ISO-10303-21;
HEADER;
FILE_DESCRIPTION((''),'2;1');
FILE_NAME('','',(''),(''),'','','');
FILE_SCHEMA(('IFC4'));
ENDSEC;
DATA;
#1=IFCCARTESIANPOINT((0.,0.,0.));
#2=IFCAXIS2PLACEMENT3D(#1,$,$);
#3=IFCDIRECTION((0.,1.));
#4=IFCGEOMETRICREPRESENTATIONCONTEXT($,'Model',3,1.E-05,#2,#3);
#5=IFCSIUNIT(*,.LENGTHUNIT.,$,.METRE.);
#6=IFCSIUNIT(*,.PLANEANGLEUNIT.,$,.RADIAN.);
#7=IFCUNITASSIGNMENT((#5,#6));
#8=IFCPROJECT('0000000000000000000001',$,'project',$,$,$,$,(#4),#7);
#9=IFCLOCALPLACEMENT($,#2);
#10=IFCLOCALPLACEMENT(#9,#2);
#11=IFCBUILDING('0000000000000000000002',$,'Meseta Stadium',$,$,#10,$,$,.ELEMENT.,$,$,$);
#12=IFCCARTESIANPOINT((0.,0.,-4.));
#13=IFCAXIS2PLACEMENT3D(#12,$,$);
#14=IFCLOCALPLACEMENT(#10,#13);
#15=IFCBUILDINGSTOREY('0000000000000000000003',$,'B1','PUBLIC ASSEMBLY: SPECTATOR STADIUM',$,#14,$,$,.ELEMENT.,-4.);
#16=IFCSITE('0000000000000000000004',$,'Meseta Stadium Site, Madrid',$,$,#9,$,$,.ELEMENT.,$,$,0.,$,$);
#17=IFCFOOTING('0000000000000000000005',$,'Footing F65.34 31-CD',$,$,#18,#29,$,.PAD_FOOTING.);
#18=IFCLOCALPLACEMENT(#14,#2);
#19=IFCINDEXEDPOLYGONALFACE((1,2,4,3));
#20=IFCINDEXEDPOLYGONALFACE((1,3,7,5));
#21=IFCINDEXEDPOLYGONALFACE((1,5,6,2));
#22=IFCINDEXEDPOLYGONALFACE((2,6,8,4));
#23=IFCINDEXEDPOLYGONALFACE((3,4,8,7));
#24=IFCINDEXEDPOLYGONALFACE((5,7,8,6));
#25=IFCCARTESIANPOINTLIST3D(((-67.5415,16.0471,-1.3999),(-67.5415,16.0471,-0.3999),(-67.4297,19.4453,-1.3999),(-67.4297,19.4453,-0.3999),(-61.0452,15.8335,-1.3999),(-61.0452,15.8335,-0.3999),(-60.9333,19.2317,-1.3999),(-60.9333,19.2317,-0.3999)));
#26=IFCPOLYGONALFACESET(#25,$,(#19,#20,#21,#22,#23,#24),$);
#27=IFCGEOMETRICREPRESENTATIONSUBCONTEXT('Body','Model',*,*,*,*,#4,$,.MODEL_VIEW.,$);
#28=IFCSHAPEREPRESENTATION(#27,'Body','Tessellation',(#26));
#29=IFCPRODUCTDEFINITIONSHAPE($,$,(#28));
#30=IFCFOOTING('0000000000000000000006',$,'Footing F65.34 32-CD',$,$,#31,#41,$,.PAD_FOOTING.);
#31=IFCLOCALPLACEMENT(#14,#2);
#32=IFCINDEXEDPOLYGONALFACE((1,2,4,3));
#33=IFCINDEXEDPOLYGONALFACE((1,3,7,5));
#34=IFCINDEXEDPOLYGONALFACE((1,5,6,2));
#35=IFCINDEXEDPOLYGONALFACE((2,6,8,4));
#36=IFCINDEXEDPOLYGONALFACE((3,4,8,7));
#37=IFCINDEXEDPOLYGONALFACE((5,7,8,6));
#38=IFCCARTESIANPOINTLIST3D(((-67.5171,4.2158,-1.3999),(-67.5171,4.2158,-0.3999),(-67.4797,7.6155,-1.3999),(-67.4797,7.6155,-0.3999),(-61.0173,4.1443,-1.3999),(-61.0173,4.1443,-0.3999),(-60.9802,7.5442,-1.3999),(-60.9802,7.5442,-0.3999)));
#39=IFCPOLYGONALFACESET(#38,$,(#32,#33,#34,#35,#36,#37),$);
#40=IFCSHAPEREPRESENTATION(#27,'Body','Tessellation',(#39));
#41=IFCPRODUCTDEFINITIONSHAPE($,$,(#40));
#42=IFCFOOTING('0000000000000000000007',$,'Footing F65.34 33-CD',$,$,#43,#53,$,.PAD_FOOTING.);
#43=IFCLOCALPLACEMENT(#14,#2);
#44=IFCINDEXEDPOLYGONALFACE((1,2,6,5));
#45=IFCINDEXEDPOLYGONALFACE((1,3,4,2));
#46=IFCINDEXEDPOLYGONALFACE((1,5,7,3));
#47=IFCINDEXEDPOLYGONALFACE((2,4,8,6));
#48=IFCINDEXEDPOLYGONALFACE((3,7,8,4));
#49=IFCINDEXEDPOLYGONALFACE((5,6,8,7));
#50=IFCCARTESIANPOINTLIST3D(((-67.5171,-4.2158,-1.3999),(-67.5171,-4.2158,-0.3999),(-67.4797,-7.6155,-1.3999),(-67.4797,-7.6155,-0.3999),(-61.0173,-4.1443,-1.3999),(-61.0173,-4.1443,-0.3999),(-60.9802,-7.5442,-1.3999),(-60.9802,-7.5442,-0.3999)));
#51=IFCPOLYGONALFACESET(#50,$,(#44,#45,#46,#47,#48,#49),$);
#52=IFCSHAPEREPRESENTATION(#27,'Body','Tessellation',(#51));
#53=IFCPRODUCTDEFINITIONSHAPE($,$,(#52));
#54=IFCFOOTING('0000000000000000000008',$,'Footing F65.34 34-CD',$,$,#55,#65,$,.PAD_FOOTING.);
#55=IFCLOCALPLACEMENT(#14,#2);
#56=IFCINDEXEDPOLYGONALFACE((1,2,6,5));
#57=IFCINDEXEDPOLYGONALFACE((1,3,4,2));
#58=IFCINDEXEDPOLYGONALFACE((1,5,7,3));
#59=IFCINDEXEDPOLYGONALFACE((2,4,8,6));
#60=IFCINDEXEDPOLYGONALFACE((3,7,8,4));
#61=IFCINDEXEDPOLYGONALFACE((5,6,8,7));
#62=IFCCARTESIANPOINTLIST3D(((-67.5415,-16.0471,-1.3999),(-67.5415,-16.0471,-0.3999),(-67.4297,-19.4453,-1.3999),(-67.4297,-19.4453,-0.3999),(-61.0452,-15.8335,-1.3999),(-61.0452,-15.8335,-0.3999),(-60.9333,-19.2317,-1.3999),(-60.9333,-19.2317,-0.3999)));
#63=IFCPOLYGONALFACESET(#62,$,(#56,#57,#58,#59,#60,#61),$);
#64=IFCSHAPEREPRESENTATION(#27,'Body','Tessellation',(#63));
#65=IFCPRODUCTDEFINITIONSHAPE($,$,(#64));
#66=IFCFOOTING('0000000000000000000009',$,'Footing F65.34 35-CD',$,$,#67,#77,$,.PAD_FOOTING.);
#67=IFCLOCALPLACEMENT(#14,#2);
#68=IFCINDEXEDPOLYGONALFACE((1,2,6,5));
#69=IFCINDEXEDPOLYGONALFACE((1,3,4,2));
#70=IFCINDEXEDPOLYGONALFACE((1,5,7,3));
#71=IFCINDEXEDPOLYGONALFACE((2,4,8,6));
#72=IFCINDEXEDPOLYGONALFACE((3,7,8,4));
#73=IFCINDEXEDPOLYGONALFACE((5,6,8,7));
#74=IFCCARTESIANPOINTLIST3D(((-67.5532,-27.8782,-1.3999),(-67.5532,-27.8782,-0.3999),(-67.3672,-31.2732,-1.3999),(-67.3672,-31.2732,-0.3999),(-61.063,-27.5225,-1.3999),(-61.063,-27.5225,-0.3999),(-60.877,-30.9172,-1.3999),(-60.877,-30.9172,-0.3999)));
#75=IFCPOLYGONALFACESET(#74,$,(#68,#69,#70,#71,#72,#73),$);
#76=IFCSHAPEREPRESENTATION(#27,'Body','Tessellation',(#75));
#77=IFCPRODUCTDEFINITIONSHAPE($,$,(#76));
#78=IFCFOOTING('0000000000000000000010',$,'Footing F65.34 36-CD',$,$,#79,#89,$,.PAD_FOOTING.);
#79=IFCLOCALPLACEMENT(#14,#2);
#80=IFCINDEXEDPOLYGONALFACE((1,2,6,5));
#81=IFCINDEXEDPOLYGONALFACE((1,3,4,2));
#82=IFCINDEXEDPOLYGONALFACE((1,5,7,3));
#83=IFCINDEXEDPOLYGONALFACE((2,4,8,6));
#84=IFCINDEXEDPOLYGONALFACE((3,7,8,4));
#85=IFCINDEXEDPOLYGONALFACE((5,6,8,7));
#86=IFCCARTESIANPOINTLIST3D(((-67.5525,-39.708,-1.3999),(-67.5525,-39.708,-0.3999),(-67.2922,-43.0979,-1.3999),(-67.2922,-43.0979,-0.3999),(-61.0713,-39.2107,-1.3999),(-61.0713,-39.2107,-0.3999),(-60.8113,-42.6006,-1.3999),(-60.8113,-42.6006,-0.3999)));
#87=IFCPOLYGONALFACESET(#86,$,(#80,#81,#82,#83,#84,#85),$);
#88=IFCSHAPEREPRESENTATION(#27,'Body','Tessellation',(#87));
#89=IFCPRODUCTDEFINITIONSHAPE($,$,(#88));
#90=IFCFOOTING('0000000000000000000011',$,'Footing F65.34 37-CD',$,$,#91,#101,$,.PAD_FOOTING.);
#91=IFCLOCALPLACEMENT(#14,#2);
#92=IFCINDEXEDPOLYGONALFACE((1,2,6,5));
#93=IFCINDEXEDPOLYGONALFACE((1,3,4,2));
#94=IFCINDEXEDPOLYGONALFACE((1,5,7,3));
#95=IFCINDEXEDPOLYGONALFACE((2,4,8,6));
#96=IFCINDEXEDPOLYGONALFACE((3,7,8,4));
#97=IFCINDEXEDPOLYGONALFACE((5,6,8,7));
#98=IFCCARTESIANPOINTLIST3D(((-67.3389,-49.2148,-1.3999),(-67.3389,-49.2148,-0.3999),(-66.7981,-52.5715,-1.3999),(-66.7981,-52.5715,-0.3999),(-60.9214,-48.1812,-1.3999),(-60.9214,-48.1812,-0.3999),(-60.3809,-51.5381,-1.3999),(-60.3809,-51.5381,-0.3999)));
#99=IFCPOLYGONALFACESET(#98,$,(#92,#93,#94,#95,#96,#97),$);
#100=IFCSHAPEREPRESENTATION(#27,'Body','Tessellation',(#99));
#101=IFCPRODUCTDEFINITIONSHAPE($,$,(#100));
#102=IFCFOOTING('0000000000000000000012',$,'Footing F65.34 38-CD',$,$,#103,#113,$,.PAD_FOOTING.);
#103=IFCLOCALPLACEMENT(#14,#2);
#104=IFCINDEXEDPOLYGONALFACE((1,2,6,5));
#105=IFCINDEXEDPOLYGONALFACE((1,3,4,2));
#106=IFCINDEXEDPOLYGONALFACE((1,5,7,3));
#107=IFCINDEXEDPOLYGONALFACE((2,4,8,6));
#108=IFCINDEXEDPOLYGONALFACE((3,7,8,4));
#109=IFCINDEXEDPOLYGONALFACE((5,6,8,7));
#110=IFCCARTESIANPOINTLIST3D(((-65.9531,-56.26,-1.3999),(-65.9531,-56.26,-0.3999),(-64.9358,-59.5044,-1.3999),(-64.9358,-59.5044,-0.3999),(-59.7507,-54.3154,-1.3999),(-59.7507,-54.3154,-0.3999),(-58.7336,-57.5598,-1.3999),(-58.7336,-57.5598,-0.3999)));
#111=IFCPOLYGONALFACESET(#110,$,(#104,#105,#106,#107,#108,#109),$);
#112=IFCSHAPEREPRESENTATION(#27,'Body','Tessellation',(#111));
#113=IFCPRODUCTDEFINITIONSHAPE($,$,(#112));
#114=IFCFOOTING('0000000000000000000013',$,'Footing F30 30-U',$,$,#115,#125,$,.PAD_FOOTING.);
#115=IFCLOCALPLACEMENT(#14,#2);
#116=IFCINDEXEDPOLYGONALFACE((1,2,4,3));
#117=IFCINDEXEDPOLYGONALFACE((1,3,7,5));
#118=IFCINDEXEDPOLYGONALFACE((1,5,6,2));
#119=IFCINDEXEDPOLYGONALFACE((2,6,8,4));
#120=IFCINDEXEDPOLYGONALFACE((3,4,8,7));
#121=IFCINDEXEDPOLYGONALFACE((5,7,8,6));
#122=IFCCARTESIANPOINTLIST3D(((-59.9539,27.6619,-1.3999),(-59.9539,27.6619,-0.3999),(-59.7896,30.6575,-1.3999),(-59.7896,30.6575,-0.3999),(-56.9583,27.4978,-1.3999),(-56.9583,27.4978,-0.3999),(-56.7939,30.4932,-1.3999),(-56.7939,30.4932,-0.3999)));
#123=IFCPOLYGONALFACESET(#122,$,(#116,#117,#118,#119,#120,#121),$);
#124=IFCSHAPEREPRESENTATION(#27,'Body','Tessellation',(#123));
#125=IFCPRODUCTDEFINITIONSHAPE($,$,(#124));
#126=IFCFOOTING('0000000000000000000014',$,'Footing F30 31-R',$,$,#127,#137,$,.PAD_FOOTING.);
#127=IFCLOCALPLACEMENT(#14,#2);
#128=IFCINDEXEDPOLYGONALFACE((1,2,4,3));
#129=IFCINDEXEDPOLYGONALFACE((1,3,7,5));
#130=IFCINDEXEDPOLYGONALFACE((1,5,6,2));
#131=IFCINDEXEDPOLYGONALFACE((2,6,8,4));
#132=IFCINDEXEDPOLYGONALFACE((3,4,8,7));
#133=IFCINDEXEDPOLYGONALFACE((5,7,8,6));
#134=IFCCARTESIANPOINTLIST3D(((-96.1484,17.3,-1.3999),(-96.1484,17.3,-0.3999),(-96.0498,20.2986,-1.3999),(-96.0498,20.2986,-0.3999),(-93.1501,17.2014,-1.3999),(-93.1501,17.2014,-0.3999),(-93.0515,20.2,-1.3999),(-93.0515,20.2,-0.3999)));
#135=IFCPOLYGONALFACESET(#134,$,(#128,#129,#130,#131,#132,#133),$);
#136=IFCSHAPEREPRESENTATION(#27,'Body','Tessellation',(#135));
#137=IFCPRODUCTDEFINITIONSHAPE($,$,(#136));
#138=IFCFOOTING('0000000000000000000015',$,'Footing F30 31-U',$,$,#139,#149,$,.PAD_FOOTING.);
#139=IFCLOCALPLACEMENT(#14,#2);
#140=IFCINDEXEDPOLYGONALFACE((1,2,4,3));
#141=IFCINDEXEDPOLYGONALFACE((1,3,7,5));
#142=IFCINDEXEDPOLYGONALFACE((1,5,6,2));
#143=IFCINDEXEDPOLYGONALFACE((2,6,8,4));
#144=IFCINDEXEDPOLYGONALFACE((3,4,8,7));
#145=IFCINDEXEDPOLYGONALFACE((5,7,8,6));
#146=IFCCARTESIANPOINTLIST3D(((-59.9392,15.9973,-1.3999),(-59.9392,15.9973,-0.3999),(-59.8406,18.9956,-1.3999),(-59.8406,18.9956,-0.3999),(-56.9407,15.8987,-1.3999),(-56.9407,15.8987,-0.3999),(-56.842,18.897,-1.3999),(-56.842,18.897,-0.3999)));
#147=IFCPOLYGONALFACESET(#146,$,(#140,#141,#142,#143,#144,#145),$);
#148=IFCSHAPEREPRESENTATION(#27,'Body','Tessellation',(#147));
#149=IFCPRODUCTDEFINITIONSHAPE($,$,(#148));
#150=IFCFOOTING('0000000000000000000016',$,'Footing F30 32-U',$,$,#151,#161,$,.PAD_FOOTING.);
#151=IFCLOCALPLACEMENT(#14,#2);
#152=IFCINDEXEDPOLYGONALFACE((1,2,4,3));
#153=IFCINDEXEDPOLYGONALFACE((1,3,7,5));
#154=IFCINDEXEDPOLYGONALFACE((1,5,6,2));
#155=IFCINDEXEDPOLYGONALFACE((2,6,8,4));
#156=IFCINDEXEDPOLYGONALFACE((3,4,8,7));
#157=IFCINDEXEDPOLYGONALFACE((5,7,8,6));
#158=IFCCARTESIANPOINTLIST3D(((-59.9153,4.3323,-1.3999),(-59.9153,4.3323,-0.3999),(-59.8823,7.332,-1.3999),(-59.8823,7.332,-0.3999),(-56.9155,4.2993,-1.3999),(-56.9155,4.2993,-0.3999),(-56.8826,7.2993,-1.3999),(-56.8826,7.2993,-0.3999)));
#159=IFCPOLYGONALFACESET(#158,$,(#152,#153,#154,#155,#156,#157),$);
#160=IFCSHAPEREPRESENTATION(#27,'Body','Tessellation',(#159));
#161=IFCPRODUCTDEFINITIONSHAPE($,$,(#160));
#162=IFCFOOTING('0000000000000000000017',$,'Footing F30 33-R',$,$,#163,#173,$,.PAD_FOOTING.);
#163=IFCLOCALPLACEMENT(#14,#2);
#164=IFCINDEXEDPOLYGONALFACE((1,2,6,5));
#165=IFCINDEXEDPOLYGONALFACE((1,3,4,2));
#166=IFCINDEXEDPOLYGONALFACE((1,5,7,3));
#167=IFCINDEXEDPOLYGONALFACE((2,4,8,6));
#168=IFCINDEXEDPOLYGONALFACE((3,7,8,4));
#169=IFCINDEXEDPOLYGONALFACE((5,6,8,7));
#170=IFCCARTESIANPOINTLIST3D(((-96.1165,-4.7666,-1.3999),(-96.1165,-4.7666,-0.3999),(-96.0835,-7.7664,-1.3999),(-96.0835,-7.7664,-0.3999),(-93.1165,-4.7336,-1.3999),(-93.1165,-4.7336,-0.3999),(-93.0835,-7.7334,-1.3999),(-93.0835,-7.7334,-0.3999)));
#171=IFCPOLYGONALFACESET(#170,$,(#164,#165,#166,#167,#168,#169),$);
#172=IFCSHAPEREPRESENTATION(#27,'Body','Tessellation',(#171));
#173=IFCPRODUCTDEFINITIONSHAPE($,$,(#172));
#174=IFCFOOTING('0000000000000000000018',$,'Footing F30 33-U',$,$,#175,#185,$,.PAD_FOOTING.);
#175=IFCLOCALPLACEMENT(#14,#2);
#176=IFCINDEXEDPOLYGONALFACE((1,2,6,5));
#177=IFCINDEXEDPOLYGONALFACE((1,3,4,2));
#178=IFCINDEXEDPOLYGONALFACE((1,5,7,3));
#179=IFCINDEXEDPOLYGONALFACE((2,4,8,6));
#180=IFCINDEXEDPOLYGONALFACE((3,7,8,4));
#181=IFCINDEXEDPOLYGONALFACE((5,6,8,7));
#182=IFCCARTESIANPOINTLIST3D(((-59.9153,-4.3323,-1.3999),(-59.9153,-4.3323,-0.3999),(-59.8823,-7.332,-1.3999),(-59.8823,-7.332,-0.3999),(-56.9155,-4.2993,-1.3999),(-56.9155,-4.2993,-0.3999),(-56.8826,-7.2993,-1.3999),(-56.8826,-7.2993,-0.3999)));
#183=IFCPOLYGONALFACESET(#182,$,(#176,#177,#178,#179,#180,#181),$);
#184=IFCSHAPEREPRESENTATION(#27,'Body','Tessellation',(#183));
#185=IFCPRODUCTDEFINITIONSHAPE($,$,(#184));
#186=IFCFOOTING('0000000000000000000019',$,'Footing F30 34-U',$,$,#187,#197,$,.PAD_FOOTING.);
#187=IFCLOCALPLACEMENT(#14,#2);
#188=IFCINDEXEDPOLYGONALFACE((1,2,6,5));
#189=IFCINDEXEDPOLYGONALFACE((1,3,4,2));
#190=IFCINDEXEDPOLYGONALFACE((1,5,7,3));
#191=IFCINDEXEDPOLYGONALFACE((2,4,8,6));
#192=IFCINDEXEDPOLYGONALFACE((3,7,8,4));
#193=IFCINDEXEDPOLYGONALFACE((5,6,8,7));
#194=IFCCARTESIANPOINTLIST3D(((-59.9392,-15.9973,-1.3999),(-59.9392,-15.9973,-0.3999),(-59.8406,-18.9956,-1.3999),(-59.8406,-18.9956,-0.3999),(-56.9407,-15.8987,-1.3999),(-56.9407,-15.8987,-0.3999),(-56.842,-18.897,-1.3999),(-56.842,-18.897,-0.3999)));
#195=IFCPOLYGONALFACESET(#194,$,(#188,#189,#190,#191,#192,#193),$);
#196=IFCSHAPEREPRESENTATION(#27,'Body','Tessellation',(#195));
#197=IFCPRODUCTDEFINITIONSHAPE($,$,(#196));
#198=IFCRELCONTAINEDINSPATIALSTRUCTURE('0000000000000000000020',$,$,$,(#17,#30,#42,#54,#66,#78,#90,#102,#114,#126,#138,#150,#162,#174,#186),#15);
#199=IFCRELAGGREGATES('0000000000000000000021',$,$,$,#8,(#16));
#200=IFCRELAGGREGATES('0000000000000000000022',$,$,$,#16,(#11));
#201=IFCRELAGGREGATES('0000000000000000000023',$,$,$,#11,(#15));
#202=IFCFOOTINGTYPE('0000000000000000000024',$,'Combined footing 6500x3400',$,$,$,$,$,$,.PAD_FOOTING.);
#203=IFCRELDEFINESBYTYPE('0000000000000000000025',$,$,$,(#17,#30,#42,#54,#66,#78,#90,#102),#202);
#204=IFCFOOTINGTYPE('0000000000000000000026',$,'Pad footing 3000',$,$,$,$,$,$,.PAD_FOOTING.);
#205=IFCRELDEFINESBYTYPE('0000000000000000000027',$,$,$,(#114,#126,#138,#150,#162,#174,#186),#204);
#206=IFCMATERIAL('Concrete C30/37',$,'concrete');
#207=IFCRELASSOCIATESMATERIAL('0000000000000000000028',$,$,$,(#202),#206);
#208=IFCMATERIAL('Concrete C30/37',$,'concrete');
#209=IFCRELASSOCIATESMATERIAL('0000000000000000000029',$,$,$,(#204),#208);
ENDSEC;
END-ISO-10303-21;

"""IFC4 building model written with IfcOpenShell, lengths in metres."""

from ifc_helpers import new_model, si_unit, direction, frame, origin, place, context, subcontext, project, spatial, polyline, outline, extrude, material, type_object, element, save


model = new_model("IFC4")

# Units and contexts
model_context = context("Model", 3, precision=1e-05, world=origin(), true_north=direction((0.0, 1.0)))
body_context = subcontext(model_context, "Body", "Model", "MODEL_VIEW")
ifc_project = project(units=[si_unit("LENGTHUNIT", "METRE"), si_unit("PLANEANGLEUNIT", "RADIAN")], contexts=[model_context])

# Site, building, storey
site_placement = place(None, origin())
site = spatial("IfcSite", under=ifc_project, at=site_placement, Name="Meseta Stadium Site, Madrid", CompositionType="ELEMENT", RefElevation=0.0)
building_placement = place(site_placement, origin())
building = spatial("IfcBuilding", under=site, at=building_placement, Name="Meseta Stadium", CompositionType="ELEMENT")
storey_placement = place(building_placement, frame((0.0, 0.0, -4.0)))
storey = spatial("IfcBuildingStorey", under=building, at=storey_placement, Name="B1", Description="PUBLIC ASSEMBLY: SPECTATOR STADIUM", CompositionType="ELEMENT", Elevation=-4.0)

# Footings
ifc_material_1 = material(Name="Concrete C30/37", Category="concrete")
footing_type_1 = type_object("IfcFootingType", Name="Combined footing 6500x3400", PredefinedType="PAD_FOOTING", material=ifc_material_1)
footing_1_placement = place(storey_placement, frame((0.0, 0.0, -1.3999)))
element("IfcFooting", 1, at=footing_1_placement, inside=storey, type_object=footing_type_1, Name="Footing F65.34 31-CD", PredefinedType="PAD_FOOTING", context=body_context, shape_type="SweptSolid", body=[
    extrude(outline(polyline([(-60.9333, 19.2317), (-67.4297, 19.4453), (-67.5415, 16.0471), (-61.0452, 15.8335), (-60.9333, 19.2317)])), origin(), (0.0, 0.0, 1.0), 1.0),
])
footing_2_placement = place(storey_placement, frame((0.0, 0.0, -1.3999)))
element("IfcFooting", 2, at=footing_2_placement, inside=storey, type_object=footing_type_1, Name="Footing F65.34 32-CD", PredefinedType="PAD_FOOTING", context=body_context, shape_type="SweptSolid", body=[
    extrude(outline(polyline([(-60.9802, 7.5442), (-67.4797, 7.6155), (-67.5171, 4.2158), (-61.0173, 4.1443), (-60.9802, 7.5442)])), origin(), (0.0, 0.0, 1.0), 1.0),
])
footing_3_placement = place(storey_placement, frame((0.0, 0.0, -1.3999)))
element("IfcFooting", 3, at=footing_3_placement, inside=storey, type_object=footing_type_1, Name="Footing F65.34 33-CD", PredefinedType="PAD_FOOTING", context=body_context, shape_type="SweptSolid", body=[
    extrude(outline(polyline([(-61.0173, -4.1443), (-67.5171, -4.2158), (-67.4797, -7.6155), (-60.9802, -7.5442), (-61.0173, -4.1443)])), origin(), (0.0, 0.0, 1.0), 1.0),
])
footing_4_placement = place(storey_placement, frame((0.0, 0.0, -1.3999)))
element("IfcFooting", 4, at=footing_4_placement, inside=storey, type_object=footing_type_1, Name="Footing F65.34 34-CD", PredefinedType="PAD_FOOTING", context=body_context, shape_type="SweptSolid", body=[
    extrude(outline(polyline([(-61.0452, -15.8335), (-67.5415, -16.0471), (-67.4297, -19.4453), (-60.9333, -19.2317), (-61.0452, -15.8335)])), origin(), (0.0, 0.0, 1.0), 1.0),
])
footing_5_placement = place(storey_placement, frame((0.0, 0.0, -1.3999)))
element("IfcFooting", 5, at=footing_5_placement, inside=storey, type_object=footing_type_1, Name="Footing F65.34 35-CD", PredefinedType="PAD_FOOTING", context=body_context, shape_type="SweptSolid", body=[
    extrude(outline(polyline([(-61.063, -27.5225), (-67.5532, -27.8782), (-67.3672, -31.2732), (-60.877, -30.9172), (-61.063, -27.5225)])), origin(), (0.0, 0.0, 1.0), 1.0),
])
footing_6_placement = place(storey_placement, frame((0.0, 0.0, -1.3999)))
element("IfcFooting", 6, at=footing_6_placement, inside=storey, type_object=footing_type_1, Name="Footing F65.34 36-CD", PredefinedType="PAD_FOOTING", context=body_context, shape_type="SweptSolid", body=[
    extrude(outline(polyline([(-61.0713, -39.2107), (-67.5525, -39.708), (-67.2922, -43.0979), (-60.8113, -42.6006), (-61.0713, -39.2107)])), origin(), (0.0, 0.0, 1.0), 1.0),
])
footing_7_placement = place(storey_placement, frame((0.0, 0.0, -1.3999)))
element("IfcFooting", 7, at=footing_7_placement, inside=storey, type_object=footing_type_1, Name="Footing F65.34 37-CD", PredefinedType="PAD_FOOTING", context=body_context, shape_type="SweptSolid", body=[
    extrude(outline(polyline([(-60.9214, -48.1812), (-67.3389, -49.2148), (-66.7981, -52.5715), (-60.3809, -51.5381), (-60.9214, -48.1812)])), origin(), (0.0, 0.0, 1.0), 1.0),
])
footing_8_placement = place(storey_placement, frame((0.0, 0.0, -1.3999)))
element("IfcFooting", 8, at=footing_8_placement, inside=storey, type_object=footing_type_1, Name="Footing F65.34 38-CD", PredefinedType="PAD_FOOTING", context=body_context, shape_type="SweptSolid", body=[
    extrude(outline(polyline([(-59.7507, -54.3154), (-65.9531, -56.26), (-64.9358, -59.5044), (-58.7336, -57.5598), (-59.7507, -54.3154)])), origin(), (0.0, 0.0, 1.0), 1.0),
])
ifc_material_2 = material(Name="Concrete C30/37", Category="concrete")
footing_type_2 = type_object("IfcFootingType", Name="Pad footing 3000", PredefinedType="PAD_FOOTING", material=ifc_material_2)
footing_9_placement = place(storey_placement, frame((0.0, 0.0, -1.3999)))
element("IfcFooting", 9, at=footing_9_placement, inside=storey, type_object=footing_type_2, Name="Footing F30 30-U", PredefinedType="PAD_FOOTING", context=body_context, shape_type="SweptSolid", body=[
    extrude(outline(polyline([(-56.7939, 30.4932), (-59.7896, 30.6575), (-59.9539, 27.6619), (-56.9583, 27.4978), (-56.7939, 30.4932)])), origin(), (0.0, 0.0, 1.0), 1.0),
])
footing_10_placement = place(storey_placement, frame((0.0, 0.0, -1.3999)))
element("IfcFooting", 10, at=footing_10_placement, inside=storey, type_object=footing_type_2, Name="Footing F30 31-R", PredefinedType="PAD_FOOTING", context=body_context, shape_type="SweptSolid", body=[
    extrude(outline(polyline([(-93.0515, 20.2), (-96.0498, 20.2986), (-96.1484, 17.3), (-93.1501, 17.2014), (-93.0515, 20.2)])), origin(), (0.0, 0.0, 1.0), 1.0),
])
footing_11_placement = place(storey_placement, frame((0.0, 0.0, -1.3999)))
element("IfcFooting", 11, at=footing_11_placement, inside=storey, type_object=footing_type_2, Name="Footing F30 31-U", PredefinedType="PAD_FOOTING", context=body_context, shape_type="SweptSolid", body=[
    extrude(outline(polyline([(-56.842, 18.897), (-59.8406, 18.9956), (-59.9392, 15.9973), (-56.9407, 15.8987), (-56.842, 18.897)])), origin(), (0.0, 0.0, 1.0), 1.0),
])
footing_12_placement = place(storey_placement, frame((0.0, 0.0, -1.3999)))
element("IfcFooting", 12, at=footing_12_placement, inside=storey, type_object=footing_type_2, Name="Footing F30 32-U", PredefinedType="PAD_FOOTING", context=body_context, shape_type="SweptSolid", body=[
    extrude(outline(polyline([(-56.8826, 7.2993), (-59.8823, 7.332), (-59.9153, 4.3323), (-56.9155, 4.2993), (-56.8826, 7.2993)])), origin(), (0.0, 0.0, 1.0), 1.0),
])
footing_13_placement = place(storey_placement, frame((0.0, 0.0, -1.3999)))
element("IfcFooting", 13, at=footing_13_placement, inside=storey, type_object=footing_type_2, Name="Footing F30 33-R", PredefinedType="PAD_FOOTING", context=body_context, shape_type="SweptSolid", body=[
    extrude(outline(polyline([(-93.1165, -4.7336), (-96.1165, -4.7666), (-96.0835, -7.7664), (-93.0835, -7.7334), (-93.1165, -4.7336)])), origin(), (0.0, 0.0, 1.0), 1.0),
])
footing_14_placement = place(storey_placement, frame((0.0, 0.0, -1.3999)))
element("IfcFooting", 14, at=footing_14_placement, inside=storey, type_object=footing_type_2, Name="Footing F30 33-U", PredefinedType="PAD_FOOTING", context=body_context, shape_type="SweptSolid", body=[
    extrude(outline(polyline([(-56.9155, -4.2993), (-59.9153, -4.3323), (-59.8823, -7.332), (-56.8826, -7.2993), (-56.9155, -4.2993)])), origin(), (0.0, 0.0, 1.0), 1.0),
])
footing_15_placement = place(storey_placement, frame((0.0, 0.0, -1.3999)))
element("IfcFooting", 15, at=footing_15_placement, inside=storey, type_object=footing_type_2, Name="Footing F30 34-U", PredefinedType="PAD_FOOTING", context=body_context, shape_type="SweptSolid", body=[
    extrude(outline(polyline([(-56.9407, -15.8987), (-59.9392, -15.9973), (-59.8406, -18.9956), (-56.842, -18.897), (-56.9407, -15.8987)])), origin(), (0.0, 0.0, 1.0), 1.0),
])

save(model, "model.ifc")
